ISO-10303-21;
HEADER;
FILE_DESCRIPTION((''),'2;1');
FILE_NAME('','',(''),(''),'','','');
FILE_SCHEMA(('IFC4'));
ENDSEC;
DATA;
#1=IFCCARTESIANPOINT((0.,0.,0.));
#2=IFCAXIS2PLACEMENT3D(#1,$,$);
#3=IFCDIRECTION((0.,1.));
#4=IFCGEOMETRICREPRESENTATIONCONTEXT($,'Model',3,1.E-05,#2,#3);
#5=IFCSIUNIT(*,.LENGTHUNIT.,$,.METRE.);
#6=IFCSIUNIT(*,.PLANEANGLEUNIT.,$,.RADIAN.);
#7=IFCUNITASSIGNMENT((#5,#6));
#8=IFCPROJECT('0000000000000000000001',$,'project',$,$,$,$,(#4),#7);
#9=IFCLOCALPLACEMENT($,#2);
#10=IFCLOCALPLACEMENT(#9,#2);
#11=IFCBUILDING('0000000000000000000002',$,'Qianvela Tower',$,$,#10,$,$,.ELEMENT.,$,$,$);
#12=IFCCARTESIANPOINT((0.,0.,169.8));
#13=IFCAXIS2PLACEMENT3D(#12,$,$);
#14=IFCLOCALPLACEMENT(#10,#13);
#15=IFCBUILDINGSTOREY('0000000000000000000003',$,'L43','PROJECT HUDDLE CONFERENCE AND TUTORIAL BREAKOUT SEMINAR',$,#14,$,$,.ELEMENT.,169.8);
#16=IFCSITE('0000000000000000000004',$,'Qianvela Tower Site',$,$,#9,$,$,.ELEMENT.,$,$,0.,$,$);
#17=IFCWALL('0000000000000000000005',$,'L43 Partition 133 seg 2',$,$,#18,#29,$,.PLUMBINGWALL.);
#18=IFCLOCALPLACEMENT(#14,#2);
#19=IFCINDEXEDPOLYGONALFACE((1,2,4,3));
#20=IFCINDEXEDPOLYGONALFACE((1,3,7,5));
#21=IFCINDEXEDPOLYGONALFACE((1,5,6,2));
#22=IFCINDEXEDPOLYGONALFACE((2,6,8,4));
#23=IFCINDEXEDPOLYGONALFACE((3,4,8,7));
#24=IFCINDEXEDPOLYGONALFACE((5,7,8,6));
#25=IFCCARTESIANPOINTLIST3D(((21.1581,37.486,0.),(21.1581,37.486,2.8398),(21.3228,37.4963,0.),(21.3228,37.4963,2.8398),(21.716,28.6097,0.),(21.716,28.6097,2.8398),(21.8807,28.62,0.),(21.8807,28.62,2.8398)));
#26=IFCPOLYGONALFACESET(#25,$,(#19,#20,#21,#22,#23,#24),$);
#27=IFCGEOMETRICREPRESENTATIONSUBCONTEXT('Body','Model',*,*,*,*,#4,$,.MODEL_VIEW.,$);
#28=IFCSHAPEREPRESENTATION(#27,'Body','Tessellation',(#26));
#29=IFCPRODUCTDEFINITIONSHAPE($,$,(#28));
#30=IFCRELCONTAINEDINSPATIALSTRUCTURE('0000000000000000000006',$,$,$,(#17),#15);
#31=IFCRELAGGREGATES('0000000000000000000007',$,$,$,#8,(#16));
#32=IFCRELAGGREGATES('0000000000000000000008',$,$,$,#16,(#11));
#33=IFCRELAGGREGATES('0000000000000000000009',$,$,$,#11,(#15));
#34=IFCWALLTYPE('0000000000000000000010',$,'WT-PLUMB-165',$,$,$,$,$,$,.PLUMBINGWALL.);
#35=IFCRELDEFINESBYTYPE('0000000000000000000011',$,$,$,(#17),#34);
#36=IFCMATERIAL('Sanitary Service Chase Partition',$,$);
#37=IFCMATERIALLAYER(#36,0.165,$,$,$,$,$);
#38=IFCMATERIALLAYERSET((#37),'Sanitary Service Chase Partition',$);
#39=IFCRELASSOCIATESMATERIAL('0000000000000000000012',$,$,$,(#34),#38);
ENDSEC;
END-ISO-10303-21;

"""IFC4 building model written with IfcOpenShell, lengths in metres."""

from ifc_helpers import new_model, si_unit, direction, frame, frame_2d, origin, place, context, subcontext, project, spatial, rectangle, extrude, material, layer, layer_set, type_object, element, save


model = new_model("IFC4")

# Units and contexts
model_context = context("Model", 3, precision=1e-05, world=origin(), true_north=direction((0.0, 1.0)))
body_context = subcontext(model_context, "Body", "Model", "MODEL_VIEW")
ifc_project = project(units=[si_unit("LENGTHUNIT", "METRE"), si_unit("PLANEANGLEUNIT", "RADIAN")], contexts=[model_context])

# Site, building, storey
site_placement = place(None, origin())
site = spatial("IfcSite", under=ifc_project, at=site_placement, Name="Qianvela Tower Site", CompositionType="ELEMENT", RefElevation=0.0)
building_placement = place(site_placement, origin())
building = spatial("IfcBuilding", under=site, at=building_placement, Name="Qianvela Tower", CompositionType="ELEMENT")
storey_placement = place(building_placement, frame((0.0, 0.0, 169.8)))
storey = spatial("IfcBuildingStorey", under=building, at=storey_placement, Name="L43", Description="PROJECT HUDDLE CONFERENCE AND TUTORIAL BREAKOUT SEMINAR", CompositionType="ELEMENT", Elevation=169.8)

# Shared definitions
ifc_material_1 = material(Name="Sanitary Service Chase Partition")
ifc_layer_1 = layer(ifc_material_1, 0.165)
ifc_layer_set_1 = layer_set([ifc_layer_1], Name="Sanitary Service Chase Partition")
wall_type_1 = type_object("IfcWallType", Name="WT-PLUMB-165", PredefinedType="PLUMBINGWALL", material=ifc_layer_set_1)

# Wall
wall_1_placement = place(storey_placement, frame((21.7983, 28.615, 0.0), z_axis=(0.0, 0.0, 1.0), x_axis=(-0.062725, 0.998031, 0.0)))
element("IfcWall", 1, at=wall_1_placement, inside=storey, type_object=wall_type_1, Name="L43 Partition 133 seg 2", PredefinedType="PLUMBINGWALL", context=body_context, shape_type="SweptSolid", body=[
    extrude(rectangle(XDim=8.8938, YDim=0.165, at=frame_2d((4.4468, 0.0))), origin(), (0.0, 0.0, 1.0), 2.8398),
])

save(model, "model.ifc")
